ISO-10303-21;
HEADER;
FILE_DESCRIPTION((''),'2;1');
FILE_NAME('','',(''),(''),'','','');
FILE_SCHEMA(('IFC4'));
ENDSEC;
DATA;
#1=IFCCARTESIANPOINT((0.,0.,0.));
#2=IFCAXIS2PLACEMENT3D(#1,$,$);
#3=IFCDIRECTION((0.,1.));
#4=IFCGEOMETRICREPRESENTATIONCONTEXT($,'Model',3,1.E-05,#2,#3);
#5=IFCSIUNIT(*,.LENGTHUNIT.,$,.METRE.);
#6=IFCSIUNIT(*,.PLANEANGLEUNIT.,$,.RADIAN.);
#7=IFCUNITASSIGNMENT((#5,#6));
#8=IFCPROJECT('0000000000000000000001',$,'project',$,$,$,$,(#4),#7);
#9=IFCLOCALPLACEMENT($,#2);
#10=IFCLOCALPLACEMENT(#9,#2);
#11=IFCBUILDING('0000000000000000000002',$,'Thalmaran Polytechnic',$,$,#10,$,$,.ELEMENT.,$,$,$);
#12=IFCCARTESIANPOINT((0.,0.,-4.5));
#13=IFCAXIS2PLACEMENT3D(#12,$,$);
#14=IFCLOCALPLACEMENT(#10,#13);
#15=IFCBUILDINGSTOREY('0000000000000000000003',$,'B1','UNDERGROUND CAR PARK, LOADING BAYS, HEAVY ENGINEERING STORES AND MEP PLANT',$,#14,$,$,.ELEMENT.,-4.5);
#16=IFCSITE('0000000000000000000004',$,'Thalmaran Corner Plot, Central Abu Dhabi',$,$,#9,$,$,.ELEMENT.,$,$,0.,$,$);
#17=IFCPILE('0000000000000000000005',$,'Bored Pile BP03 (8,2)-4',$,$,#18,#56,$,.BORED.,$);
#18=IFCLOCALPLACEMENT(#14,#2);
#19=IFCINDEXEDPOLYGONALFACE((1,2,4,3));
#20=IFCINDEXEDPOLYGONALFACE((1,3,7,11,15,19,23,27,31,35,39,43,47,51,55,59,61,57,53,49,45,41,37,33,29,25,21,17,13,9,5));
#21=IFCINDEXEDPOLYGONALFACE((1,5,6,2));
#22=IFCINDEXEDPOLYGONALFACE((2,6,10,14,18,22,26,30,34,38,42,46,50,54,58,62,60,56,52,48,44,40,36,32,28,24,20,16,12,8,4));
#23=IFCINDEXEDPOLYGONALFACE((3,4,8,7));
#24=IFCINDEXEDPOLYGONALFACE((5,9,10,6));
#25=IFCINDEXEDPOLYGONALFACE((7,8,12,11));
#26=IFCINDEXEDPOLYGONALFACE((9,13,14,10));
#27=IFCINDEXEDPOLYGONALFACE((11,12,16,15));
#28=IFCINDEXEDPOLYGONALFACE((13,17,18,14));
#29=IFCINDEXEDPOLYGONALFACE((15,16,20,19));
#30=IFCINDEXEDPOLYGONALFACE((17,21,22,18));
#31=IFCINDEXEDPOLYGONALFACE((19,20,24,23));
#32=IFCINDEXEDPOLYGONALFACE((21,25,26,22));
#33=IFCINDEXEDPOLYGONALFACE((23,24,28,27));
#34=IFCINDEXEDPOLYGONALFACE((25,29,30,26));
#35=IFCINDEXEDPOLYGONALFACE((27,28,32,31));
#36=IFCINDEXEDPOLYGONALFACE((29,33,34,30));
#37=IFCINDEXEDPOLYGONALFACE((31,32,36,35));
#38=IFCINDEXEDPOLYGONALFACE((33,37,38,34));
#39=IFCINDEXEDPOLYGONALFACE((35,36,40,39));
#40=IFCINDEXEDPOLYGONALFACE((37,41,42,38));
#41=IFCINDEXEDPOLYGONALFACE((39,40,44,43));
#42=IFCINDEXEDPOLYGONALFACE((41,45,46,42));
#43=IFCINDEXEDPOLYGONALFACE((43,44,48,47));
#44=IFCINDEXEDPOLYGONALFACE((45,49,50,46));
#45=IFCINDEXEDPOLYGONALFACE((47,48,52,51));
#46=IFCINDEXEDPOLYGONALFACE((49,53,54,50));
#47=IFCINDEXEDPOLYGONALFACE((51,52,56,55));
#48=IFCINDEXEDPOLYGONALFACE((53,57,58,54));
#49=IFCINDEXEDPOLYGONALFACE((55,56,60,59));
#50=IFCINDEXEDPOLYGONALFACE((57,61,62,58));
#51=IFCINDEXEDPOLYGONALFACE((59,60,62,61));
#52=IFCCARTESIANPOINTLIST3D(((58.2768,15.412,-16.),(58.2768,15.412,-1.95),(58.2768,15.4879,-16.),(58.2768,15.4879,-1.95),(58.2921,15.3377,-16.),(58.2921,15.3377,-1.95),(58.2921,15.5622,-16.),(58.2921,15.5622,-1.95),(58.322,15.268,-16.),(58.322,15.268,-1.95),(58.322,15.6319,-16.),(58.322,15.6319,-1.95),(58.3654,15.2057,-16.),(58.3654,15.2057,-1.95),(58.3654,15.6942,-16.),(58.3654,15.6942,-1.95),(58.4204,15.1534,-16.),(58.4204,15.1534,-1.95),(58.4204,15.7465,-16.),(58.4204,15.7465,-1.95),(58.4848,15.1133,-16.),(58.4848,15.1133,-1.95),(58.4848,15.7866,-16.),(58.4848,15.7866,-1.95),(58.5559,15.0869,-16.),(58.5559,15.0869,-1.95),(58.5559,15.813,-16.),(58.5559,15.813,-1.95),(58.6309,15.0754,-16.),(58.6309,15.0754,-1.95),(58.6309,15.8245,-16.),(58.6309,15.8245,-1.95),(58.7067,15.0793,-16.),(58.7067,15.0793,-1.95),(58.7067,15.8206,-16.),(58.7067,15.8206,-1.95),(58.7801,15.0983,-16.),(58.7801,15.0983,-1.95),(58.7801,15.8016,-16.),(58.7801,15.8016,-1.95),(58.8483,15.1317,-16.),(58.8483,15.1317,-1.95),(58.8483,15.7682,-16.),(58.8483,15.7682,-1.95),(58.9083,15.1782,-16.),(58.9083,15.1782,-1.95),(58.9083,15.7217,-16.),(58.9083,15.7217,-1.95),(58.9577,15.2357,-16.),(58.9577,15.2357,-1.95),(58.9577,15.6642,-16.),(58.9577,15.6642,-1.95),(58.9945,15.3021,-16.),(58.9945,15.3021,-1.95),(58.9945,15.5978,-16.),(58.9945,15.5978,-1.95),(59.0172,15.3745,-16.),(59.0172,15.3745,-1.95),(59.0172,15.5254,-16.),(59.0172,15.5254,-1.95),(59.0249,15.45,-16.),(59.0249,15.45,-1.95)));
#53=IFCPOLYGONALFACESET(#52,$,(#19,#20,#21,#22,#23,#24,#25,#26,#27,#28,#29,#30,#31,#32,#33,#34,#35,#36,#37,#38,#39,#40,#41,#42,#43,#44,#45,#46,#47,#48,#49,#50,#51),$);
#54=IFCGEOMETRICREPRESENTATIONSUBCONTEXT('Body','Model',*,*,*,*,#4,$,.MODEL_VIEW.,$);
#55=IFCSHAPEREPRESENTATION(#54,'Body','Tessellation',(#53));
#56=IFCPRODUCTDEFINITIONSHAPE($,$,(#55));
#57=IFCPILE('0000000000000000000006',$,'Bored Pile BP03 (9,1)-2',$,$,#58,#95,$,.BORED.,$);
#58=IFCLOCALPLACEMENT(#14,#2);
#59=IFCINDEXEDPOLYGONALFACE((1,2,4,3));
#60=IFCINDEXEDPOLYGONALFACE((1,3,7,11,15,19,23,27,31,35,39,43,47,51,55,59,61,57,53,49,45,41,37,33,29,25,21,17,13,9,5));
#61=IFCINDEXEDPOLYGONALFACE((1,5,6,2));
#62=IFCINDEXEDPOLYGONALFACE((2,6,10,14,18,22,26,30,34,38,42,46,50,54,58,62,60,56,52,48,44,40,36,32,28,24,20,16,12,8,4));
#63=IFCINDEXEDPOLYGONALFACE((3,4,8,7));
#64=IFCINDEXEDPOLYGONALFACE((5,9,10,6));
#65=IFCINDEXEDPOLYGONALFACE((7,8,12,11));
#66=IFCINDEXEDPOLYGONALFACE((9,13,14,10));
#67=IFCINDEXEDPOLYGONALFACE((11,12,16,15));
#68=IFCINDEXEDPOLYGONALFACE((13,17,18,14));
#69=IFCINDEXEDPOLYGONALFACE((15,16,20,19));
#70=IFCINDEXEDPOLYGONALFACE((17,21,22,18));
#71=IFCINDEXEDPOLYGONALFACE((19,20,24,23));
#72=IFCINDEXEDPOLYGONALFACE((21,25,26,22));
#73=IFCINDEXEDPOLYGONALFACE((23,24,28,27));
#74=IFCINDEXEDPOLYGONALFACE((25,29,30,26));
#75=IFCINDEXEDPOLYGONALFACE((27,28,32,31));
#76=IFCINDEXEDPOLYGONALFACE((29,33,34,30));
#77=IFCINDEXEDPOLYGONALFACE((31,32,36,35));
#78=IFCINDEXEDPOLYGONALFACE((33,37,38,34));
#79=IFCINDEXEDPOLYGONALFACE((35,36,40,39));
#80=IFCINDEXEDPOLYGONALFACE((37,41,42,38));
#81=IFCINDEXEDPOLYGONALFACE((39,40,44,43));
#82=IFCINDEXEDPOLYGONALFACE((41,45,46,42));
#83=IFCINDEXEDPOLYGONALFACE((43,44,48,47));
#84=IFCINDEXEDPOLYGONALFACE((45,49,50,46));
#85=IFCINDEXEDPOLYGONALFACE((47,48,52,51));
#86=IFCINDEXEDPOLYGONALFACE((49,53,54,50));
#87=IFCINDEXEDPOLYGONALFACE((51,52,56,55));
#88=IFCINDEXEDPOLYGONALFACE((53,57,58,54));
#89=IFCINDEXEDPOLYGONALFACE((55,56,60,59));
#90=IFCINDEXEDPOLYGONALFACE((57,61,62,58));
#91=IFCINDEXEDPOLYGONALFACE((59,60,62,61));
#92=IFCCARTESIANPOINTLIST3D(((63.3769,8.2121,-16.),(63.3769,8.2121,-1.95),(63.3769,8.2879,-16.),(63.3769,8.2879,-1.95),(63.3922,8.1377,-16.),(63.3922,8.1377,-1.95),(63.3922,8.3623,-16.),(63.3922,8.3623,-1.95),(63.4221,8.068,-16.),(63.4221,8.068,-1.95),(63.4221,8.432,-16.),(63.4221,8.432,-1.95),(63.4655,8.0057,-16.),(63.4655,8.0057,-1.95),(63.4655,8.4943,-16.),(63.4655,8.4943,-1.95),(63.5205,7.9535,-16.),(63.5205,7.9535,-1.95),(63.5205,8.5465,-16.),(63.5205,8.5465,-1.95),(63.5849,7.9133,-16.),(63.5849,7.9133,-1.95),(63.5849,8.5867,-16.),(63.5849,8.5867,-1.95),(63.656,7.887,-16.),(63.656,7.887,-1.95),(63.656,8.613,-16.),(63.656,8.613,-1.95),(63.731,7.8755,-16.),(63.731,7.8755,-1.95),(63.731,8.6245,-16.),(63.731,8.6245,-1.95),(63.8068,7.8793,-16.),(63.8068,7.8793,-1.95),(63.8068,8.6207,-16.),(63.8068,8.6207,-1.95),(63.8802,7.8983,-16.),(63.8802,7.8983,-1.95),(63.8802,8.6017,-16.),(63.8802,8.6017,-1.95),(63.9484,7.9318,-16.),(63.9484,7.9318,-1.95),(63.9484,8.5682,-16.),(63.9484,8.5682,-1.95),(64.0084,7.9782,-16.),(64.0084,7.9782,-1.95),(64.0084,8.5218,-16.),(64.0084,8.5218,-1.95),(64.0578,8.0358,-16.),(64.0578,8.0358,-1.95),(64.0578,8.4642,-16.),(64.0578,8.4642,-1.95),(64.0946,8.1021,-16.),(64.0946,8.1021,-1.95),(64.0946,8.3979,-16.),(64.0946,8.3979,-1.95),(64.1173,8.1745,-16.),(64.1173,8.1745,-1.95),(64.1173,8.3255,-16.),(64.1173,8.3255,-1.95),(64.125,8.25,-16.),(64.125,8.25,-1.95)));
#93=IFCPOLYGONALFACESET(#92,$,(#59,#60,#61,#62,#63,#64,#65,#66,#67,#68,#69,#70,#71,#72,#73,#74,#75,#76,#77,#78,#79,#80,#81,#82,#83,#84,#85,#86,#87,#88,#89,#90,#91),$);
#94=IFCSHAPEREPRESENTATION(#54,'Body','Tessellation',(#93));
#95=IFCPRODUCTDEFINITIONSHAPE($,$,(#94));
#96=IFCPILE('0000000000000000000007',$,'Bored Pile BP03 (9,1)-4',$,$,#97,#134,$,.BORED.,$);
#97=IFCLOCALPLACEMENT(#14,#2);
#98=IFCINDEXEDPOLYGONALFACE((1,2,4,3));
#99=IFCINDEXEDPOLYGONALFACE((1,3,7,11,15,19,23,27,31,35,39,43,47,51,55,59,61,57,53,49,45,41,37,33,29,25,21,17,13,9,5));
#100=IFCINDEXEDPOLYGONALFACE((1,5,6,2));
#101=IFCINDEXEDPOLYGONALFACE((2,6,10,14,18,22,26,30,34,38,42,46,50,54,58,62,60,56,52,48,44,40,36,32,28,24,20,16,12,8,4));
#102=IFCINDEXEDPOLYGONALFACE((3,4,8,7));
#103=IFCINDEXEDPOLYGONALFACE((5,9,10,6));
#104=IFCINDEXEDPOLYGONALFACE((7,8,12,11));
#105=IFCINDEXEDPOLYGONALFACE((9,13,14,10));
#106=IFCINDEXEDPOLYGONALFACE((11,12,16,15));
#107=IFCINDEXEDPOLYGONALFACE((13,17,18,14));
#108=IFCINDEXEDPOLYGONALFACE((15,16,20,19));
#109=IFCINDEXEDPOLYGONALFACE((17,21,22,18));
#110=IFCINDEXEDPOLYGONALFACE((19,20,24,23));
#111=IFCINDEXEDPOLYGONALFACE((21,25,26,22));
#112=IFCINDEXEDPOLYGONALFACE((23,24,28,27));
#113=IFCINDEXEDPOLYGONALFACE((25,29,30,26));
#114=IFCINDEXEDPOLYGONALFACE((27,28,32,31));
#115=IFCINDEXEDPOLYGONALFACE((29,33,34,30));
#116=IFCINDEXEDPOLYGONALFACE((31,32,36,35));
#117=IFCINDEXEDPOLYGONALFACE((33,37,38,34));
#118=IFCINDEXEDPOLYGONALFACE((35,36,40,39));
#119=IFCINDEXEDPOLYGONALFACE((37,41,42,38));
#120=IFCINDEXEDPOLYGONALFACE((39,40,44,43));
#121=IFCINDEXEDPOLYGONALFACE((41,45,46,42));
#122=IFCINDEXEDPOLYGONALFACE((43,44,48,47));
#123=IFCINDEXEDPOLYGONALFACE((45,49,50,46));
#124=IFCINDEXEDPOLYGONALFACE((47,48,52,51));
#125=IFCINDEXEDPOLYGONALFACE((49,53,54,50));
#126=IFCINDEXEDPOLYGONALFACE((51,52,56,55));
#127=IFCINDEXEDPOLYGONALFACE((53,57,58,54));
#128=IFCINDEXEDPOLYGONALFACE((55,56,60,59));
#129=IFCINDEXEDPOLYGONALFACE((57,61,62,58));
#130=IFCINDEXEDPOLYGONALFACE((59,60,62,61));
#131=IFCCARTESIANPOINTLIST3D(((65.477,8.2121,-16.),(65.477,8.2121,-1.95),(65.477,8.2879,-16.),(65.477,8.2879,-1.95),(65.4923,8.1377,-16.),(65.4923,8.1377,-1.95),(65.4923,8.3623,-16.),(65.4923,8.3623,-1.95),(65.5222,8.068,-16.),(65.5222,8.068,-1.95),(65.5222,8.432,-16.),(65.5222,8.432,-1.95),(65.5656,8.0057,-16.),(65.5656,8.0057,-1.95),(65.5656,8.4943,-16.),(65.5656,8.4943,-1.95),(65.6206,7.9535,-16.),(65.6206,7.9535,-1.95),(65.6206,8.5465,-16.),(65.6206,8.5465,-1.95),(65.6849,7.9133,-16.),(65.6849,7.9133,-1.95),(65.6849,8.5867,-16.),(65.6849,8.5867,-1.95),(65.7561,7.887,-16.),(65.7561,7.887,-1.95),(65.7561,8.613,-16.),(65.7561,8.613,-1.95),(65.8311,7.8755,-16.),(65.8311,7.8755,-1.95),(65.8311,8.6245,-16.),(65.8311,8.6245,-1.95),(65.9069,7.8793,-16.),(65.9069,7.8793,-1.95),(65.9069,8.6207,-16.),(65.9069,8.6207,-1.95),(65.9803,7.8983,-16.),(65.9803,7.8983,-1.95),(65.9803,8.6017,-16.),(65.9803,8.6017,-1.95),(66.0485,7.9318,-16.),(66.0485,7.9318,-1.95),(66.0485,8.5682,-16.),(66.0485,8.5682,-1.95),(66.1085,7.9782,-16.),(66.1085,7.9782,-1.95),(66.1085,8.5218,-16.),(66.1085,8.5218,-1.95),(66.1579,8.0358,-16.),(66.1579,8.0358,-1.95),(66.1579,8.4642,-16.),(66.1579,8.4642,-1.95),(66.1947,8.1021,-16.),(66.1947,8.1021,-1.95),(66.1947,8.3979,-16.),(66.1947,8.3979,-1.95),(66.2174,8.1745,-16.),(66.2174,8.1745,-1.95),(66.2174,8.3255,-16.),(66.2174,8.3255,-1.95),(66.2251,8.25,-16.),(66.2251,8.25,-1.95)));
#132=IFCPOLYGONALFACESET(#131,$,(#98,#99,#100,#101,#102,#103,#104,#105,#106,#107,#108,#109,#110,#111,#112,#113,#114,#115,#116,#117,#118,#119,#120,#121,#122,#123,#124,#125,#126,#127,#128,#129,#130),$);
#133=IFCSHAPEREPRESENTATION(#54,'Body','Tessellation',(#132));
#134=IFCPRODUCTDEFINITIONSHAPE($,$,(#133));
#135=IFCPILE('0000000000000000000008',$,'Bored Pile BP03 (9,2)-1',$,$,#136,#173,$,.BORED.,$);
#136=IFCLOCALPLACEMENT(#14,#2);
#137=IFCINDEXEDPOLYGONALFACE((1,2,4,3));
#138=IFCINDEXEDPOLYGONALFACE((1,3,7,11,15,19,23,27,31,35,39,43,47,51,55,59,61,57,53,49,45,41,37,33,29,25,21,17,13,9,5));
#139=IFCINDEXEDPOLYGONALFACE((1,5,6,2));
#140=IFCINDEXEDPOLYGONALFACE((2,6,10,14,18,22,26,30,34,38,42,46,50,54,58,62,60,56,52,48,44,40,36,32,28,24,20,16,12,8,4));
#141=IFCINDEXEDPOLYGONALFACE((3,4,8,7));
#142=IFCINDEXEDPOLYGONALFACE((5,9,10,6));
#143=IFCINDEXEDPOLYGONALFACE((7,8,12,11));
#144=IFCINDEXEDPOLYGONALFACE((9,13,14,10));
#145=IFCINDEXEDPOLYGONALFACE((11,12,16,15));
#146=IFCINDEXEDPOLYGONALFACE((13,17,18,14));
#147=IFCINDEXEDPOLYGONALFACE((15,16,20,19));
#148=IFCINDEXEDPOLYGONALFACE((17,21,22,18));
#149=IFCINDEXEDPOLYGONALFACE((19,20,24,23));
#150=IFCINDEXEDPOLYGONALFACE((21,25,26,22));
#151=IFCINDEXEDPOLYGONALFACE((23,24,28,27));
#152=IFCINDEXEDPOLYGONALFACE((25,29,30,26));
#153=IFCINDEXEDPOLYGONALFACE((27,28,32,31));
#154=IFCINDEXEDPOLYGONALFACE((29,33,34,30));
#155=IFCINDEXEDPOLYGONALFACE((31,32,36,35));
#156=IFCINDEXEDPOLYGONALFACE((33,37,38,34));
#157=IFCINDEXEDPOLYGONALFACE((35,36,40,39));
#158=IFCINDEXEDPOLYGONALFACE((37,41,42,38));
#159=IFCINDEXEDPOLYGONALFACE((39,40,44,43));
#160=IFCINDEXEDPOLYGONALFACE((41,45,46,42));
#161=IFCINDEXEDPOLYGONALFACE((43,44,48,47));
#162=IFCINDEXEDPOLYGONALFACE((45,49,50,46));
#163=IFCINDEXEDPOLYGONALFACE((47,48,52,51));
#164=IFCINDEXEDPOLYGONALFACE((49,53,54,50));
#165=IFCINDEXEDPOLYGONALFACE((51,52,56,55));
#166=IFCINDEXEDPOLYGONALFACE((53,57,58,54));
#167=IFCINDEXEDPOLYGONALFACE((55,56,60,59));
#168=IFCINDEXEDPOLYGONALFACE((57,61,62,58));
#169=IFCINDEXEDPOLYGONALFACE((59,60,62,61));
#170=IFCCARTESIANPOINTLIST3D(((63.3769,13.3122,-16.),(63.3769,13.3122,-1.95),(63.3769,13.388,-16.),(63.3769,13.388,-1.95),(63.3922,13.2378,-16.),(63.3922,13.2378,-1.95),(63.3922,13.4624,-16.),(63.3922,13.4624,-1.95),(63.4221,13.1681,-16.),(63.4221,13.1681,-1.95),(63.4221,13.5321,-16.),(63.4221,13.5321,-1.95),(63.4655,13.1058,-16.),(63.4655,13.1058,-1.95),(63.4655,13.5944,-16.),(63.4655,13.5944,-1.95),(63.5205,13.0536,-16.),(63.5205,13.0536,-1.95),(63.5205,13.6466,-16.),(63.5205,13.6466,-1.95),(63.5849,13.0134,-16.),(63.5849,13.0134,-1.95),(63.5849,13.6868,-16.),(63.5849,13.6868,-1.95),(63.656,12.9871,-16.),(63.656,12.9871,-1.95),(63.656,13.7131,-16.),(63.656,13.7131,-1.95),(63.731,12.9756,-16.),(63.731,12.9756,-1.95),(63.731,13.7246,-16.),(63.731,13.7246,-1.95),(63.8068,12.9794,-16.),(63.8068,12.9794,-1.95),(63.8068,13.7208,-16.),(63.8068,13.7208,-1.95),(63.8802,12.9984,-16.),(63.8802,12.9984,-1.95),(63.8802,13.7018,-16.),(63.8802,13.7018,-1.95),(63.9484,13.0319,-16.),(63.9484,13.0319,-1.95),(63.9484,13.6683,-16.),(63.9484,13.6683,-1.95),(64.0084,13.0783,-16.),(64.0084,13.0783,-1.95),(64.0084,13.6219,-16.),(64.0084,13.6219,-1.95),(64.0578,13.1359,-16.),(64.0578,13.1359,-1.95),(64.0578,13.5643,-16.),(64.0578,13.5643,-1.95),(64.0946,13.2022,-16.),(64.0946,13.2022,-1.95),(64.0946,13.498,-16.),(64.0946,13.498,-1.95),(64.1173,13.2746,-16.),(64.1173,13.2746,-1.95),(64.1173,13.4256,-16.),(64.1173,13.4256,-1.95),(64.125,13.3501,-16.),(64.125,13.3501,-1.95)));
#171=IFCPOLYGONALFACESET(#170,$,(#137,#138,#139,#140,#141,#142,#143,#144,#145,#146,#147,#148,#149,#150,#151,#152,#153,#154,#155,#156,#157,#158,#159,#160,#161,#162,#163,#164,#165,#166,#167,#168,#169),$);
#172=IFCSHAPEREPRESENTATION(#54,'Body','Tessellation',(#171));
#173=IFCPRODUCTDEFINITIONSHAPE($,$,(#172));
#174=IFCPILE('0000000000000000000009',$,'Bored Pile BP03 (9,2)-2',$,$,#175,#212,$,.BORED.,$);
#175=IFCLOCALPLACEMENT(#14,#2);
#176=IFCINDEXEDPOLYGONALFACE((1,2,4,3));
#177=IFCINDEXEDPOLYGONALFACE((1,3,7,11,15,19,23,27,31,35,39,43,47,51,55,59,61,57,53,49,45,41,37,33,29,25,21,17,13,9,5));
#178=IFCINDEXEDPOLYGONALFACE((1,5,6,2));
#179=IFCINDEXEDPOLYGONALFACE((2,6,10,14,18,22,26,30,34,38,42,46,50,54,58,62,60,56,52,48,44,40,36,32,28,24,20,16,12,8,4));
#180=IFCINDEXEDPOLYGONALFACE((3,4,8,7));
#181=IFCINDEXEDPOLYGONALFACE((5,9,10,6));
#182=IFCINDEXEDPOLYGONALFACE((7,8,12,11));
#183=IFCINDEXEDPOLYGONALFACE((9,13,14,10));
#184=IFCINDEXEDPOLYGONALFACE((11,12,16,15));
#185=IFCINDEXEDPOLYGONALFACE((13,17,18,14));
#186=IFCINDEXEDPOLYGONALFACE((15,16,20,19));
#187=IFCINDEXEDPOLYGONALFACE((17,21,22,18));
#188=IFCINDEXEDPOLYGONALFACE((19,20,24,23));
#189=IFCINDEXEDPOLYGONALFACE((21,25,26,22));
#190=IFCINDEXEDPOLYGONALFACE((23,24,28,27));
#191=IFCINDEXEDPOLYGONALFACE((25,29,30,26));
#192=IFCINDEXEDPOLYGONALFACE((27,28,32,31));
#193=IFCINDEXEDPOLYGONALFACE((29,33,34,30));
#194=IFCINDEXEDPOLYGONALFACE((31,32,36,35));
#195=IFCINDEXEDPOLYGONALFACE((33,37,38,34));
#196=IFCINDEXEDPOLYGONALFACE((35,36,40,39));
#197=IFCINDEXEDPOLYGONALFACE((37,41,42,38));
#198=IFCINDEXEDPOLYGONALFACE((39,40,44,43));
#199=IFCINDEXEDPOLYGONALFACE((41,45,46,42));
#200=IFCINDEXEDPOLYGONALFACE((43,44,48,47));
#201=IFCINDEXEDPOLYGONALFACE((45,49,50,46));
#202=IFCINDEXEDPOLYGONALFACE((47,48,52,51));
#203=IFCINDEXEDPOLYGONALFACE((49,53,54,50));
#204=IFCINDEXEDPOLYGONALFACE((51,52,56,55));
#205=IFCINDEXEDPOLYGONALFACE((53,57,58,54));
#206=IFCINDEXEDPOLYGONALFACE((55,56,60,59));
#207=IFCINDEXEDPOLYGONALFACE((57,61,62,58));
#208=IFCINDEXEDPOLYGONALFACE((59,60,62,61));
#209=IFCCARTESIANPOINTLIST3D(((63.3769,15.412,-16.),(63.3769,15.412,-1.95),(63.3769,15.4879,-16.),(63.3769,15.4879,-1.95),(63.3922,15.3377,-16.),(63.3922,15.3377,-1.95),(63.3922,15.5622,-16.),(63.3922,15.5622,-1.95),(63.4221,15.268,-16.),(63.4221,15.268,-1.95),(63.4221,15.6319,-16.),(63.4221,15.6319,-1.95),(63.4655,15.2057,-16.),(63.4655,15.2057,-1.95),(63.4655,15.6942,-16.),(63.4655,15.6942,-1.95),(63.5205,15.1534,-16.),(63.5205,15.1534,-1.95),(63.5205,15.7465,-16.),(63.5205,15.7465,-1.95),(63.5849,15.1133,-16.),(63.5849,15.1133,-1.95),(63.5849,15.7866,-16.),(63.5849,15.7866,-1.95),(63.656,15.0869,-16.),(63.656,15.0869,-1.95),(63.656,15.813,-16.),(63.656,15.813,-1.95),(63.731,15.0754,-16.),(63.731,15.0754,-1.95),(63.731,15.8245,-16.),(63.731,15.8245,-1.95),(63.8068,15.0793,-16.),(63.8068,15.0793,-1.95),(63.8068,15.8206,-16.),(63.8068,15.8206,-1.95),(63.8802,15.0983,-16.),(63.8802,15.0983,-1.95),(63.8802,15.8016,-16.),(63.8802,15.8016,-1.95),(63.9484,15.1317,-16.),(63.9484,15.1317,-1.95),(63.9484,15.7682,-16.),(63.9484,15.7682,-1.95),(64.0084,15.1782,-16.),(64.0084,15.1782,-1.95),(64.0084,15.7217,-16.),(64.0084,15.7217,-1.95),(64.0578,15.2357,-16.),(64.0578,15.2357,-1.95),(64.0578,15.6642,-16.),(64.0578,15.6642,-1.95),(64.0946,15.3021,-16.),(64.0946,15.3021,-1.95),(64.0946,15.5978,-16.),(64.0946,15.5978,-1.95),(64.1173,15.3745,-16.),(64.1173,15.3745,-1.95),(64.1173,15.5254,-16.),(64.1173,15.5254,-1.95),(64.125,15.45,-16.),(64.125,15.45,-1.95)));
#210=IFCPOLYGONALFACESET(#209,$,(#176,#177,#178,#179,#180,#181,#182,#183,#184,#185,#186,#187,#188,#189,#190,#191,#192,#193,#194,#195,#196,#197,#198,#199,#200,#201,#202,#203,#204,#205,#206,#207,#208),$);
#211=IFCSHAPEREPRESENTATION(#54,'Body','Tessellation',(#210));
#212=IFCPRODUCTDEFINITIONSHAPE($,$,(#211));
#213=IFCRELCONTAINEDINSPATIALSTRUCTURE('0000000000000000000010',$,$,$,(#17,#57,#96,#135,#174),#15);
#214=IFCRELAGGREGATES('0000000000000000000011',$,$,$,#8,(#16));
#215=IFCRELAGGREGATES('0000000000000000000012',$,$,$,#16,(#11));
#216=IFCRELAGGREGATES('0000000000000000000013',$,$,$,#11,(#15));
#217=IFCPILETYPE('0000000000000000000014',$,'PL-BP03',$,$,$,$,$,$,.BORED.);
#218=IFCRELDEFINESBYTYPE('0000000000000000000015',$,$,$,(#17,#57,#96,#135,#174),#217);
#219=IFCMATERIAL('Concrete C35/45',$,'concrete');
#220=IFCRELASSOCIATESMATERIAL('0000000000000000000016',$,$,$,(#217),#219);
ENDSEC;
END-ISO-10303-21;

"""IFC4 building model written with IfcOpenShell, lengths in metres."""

from ifc_helpers import new_model, si_unit, direction, frame, origin, origin_2d, place, context, subcontext, project, spatial, circle, extrude, material, material_profile, profile_set, type_object, element, save


model = new_model("IFC4")

# Units and contexts
model_context = context("Model", 3, precision=1e-05, world=origin(), true_north=direction((0.0, 1.0)))
body_context = subcontext(model_context, "Body", "Model", "MODEL_VIEW")
ifc_project = project(units=[si_unit("LENGTHUNIT", "METRE"), si_unit("PLANEANGLEUNIT", "RADIAN")], contexts=[model_context])

# Site, building, storey
site_placement = place(None, origin())
site = spatial("IfcSite", under=ifc_project, at=site_placement, Name="Thalmaran Corner Plot, Central Abu Dhabi", CompositionType="ELEMENT", RefElevation=0.0)
building_placement = place(site_placement, origin())
building = spatial("IfcBuilding", under=site, at=building_placement, Name="Thalmaran Polytechnic", CompositionType="ELEMENT")
storey_placement = place(building_placement, frame((0.0, 0.0, -4.5)))
storey = spatial("IfcBuildingStorey", under=building, at=storey_placement, Name="B1", Description="UNDERGROUND CAR PARK, LOADING BAYS, HEAVY ENGINEERING STORES AND MEP PLANT", CompositionType="ELEMENT", Elevation=-4.5)

# Piles
ifc_material_1 = material(Name="Concrete C35/45", Category="concrete")
ifc_material_profile_1 = material_profile(ifc_material_1, circle(Radius=0.375, at=origin_2d()), Name="RC 750 DIA")
ifc_profile_set_1 = profile_set([ifc_material_profile_1], Name="Concrete C35/45")
pile_type = type_object("IfcPileType", Name="PL-BP03", PredefinedType="BORED", material=ifc_profile_set_1)
for number, where, z_axis, x_axis, name in (
    (1, (58.6499, 15.45, -1.95), (0.0, 0.0, -1.0), (1.0, 0.0, 0.0), "Bored Pile BP03 (8,2)-4"),
    (2, (63.75, 8.25, -1.95), (0.0, 0.0, -1.0), (1.0, 0.0, 0.0), "Bored Pile BP03 (9,1)-2"),
    (3, (65.8501, 8.25, -1.95), (0.0, 0.0, -1.0), (1.0, 0.0, 0.0), "Bored Pile BP03 (9,1)-4"),
    (4, (63.75, 13.3501, -1.95), (0.0, 0.0, -1.0), (1.0, 0.0, 0.0), "Bored Pile BP03 (9,2)-1"),
    (5, (63.75, 15.45, -1.95), (0.0, 0.0, -1.0), (1.0, 0.0, 0.0), "Bored Pile BP03 (9,2)-2"),
):
    element("IfcPile", number, at=place(storey_placement, frame(where, z_axis=z_axis, x_axis=x_axis)), inside=storey, type_object=pile_type, Name=name, PredefinedType="BORED", context=body_context, shape_type="SweptSolid", body=[
        extrude(circle(Radius=0.375, at=origin_2d()), origin(), (0.0, 0.0, 1.0), 14.05),
    ])

save(model, "model.ifc")
